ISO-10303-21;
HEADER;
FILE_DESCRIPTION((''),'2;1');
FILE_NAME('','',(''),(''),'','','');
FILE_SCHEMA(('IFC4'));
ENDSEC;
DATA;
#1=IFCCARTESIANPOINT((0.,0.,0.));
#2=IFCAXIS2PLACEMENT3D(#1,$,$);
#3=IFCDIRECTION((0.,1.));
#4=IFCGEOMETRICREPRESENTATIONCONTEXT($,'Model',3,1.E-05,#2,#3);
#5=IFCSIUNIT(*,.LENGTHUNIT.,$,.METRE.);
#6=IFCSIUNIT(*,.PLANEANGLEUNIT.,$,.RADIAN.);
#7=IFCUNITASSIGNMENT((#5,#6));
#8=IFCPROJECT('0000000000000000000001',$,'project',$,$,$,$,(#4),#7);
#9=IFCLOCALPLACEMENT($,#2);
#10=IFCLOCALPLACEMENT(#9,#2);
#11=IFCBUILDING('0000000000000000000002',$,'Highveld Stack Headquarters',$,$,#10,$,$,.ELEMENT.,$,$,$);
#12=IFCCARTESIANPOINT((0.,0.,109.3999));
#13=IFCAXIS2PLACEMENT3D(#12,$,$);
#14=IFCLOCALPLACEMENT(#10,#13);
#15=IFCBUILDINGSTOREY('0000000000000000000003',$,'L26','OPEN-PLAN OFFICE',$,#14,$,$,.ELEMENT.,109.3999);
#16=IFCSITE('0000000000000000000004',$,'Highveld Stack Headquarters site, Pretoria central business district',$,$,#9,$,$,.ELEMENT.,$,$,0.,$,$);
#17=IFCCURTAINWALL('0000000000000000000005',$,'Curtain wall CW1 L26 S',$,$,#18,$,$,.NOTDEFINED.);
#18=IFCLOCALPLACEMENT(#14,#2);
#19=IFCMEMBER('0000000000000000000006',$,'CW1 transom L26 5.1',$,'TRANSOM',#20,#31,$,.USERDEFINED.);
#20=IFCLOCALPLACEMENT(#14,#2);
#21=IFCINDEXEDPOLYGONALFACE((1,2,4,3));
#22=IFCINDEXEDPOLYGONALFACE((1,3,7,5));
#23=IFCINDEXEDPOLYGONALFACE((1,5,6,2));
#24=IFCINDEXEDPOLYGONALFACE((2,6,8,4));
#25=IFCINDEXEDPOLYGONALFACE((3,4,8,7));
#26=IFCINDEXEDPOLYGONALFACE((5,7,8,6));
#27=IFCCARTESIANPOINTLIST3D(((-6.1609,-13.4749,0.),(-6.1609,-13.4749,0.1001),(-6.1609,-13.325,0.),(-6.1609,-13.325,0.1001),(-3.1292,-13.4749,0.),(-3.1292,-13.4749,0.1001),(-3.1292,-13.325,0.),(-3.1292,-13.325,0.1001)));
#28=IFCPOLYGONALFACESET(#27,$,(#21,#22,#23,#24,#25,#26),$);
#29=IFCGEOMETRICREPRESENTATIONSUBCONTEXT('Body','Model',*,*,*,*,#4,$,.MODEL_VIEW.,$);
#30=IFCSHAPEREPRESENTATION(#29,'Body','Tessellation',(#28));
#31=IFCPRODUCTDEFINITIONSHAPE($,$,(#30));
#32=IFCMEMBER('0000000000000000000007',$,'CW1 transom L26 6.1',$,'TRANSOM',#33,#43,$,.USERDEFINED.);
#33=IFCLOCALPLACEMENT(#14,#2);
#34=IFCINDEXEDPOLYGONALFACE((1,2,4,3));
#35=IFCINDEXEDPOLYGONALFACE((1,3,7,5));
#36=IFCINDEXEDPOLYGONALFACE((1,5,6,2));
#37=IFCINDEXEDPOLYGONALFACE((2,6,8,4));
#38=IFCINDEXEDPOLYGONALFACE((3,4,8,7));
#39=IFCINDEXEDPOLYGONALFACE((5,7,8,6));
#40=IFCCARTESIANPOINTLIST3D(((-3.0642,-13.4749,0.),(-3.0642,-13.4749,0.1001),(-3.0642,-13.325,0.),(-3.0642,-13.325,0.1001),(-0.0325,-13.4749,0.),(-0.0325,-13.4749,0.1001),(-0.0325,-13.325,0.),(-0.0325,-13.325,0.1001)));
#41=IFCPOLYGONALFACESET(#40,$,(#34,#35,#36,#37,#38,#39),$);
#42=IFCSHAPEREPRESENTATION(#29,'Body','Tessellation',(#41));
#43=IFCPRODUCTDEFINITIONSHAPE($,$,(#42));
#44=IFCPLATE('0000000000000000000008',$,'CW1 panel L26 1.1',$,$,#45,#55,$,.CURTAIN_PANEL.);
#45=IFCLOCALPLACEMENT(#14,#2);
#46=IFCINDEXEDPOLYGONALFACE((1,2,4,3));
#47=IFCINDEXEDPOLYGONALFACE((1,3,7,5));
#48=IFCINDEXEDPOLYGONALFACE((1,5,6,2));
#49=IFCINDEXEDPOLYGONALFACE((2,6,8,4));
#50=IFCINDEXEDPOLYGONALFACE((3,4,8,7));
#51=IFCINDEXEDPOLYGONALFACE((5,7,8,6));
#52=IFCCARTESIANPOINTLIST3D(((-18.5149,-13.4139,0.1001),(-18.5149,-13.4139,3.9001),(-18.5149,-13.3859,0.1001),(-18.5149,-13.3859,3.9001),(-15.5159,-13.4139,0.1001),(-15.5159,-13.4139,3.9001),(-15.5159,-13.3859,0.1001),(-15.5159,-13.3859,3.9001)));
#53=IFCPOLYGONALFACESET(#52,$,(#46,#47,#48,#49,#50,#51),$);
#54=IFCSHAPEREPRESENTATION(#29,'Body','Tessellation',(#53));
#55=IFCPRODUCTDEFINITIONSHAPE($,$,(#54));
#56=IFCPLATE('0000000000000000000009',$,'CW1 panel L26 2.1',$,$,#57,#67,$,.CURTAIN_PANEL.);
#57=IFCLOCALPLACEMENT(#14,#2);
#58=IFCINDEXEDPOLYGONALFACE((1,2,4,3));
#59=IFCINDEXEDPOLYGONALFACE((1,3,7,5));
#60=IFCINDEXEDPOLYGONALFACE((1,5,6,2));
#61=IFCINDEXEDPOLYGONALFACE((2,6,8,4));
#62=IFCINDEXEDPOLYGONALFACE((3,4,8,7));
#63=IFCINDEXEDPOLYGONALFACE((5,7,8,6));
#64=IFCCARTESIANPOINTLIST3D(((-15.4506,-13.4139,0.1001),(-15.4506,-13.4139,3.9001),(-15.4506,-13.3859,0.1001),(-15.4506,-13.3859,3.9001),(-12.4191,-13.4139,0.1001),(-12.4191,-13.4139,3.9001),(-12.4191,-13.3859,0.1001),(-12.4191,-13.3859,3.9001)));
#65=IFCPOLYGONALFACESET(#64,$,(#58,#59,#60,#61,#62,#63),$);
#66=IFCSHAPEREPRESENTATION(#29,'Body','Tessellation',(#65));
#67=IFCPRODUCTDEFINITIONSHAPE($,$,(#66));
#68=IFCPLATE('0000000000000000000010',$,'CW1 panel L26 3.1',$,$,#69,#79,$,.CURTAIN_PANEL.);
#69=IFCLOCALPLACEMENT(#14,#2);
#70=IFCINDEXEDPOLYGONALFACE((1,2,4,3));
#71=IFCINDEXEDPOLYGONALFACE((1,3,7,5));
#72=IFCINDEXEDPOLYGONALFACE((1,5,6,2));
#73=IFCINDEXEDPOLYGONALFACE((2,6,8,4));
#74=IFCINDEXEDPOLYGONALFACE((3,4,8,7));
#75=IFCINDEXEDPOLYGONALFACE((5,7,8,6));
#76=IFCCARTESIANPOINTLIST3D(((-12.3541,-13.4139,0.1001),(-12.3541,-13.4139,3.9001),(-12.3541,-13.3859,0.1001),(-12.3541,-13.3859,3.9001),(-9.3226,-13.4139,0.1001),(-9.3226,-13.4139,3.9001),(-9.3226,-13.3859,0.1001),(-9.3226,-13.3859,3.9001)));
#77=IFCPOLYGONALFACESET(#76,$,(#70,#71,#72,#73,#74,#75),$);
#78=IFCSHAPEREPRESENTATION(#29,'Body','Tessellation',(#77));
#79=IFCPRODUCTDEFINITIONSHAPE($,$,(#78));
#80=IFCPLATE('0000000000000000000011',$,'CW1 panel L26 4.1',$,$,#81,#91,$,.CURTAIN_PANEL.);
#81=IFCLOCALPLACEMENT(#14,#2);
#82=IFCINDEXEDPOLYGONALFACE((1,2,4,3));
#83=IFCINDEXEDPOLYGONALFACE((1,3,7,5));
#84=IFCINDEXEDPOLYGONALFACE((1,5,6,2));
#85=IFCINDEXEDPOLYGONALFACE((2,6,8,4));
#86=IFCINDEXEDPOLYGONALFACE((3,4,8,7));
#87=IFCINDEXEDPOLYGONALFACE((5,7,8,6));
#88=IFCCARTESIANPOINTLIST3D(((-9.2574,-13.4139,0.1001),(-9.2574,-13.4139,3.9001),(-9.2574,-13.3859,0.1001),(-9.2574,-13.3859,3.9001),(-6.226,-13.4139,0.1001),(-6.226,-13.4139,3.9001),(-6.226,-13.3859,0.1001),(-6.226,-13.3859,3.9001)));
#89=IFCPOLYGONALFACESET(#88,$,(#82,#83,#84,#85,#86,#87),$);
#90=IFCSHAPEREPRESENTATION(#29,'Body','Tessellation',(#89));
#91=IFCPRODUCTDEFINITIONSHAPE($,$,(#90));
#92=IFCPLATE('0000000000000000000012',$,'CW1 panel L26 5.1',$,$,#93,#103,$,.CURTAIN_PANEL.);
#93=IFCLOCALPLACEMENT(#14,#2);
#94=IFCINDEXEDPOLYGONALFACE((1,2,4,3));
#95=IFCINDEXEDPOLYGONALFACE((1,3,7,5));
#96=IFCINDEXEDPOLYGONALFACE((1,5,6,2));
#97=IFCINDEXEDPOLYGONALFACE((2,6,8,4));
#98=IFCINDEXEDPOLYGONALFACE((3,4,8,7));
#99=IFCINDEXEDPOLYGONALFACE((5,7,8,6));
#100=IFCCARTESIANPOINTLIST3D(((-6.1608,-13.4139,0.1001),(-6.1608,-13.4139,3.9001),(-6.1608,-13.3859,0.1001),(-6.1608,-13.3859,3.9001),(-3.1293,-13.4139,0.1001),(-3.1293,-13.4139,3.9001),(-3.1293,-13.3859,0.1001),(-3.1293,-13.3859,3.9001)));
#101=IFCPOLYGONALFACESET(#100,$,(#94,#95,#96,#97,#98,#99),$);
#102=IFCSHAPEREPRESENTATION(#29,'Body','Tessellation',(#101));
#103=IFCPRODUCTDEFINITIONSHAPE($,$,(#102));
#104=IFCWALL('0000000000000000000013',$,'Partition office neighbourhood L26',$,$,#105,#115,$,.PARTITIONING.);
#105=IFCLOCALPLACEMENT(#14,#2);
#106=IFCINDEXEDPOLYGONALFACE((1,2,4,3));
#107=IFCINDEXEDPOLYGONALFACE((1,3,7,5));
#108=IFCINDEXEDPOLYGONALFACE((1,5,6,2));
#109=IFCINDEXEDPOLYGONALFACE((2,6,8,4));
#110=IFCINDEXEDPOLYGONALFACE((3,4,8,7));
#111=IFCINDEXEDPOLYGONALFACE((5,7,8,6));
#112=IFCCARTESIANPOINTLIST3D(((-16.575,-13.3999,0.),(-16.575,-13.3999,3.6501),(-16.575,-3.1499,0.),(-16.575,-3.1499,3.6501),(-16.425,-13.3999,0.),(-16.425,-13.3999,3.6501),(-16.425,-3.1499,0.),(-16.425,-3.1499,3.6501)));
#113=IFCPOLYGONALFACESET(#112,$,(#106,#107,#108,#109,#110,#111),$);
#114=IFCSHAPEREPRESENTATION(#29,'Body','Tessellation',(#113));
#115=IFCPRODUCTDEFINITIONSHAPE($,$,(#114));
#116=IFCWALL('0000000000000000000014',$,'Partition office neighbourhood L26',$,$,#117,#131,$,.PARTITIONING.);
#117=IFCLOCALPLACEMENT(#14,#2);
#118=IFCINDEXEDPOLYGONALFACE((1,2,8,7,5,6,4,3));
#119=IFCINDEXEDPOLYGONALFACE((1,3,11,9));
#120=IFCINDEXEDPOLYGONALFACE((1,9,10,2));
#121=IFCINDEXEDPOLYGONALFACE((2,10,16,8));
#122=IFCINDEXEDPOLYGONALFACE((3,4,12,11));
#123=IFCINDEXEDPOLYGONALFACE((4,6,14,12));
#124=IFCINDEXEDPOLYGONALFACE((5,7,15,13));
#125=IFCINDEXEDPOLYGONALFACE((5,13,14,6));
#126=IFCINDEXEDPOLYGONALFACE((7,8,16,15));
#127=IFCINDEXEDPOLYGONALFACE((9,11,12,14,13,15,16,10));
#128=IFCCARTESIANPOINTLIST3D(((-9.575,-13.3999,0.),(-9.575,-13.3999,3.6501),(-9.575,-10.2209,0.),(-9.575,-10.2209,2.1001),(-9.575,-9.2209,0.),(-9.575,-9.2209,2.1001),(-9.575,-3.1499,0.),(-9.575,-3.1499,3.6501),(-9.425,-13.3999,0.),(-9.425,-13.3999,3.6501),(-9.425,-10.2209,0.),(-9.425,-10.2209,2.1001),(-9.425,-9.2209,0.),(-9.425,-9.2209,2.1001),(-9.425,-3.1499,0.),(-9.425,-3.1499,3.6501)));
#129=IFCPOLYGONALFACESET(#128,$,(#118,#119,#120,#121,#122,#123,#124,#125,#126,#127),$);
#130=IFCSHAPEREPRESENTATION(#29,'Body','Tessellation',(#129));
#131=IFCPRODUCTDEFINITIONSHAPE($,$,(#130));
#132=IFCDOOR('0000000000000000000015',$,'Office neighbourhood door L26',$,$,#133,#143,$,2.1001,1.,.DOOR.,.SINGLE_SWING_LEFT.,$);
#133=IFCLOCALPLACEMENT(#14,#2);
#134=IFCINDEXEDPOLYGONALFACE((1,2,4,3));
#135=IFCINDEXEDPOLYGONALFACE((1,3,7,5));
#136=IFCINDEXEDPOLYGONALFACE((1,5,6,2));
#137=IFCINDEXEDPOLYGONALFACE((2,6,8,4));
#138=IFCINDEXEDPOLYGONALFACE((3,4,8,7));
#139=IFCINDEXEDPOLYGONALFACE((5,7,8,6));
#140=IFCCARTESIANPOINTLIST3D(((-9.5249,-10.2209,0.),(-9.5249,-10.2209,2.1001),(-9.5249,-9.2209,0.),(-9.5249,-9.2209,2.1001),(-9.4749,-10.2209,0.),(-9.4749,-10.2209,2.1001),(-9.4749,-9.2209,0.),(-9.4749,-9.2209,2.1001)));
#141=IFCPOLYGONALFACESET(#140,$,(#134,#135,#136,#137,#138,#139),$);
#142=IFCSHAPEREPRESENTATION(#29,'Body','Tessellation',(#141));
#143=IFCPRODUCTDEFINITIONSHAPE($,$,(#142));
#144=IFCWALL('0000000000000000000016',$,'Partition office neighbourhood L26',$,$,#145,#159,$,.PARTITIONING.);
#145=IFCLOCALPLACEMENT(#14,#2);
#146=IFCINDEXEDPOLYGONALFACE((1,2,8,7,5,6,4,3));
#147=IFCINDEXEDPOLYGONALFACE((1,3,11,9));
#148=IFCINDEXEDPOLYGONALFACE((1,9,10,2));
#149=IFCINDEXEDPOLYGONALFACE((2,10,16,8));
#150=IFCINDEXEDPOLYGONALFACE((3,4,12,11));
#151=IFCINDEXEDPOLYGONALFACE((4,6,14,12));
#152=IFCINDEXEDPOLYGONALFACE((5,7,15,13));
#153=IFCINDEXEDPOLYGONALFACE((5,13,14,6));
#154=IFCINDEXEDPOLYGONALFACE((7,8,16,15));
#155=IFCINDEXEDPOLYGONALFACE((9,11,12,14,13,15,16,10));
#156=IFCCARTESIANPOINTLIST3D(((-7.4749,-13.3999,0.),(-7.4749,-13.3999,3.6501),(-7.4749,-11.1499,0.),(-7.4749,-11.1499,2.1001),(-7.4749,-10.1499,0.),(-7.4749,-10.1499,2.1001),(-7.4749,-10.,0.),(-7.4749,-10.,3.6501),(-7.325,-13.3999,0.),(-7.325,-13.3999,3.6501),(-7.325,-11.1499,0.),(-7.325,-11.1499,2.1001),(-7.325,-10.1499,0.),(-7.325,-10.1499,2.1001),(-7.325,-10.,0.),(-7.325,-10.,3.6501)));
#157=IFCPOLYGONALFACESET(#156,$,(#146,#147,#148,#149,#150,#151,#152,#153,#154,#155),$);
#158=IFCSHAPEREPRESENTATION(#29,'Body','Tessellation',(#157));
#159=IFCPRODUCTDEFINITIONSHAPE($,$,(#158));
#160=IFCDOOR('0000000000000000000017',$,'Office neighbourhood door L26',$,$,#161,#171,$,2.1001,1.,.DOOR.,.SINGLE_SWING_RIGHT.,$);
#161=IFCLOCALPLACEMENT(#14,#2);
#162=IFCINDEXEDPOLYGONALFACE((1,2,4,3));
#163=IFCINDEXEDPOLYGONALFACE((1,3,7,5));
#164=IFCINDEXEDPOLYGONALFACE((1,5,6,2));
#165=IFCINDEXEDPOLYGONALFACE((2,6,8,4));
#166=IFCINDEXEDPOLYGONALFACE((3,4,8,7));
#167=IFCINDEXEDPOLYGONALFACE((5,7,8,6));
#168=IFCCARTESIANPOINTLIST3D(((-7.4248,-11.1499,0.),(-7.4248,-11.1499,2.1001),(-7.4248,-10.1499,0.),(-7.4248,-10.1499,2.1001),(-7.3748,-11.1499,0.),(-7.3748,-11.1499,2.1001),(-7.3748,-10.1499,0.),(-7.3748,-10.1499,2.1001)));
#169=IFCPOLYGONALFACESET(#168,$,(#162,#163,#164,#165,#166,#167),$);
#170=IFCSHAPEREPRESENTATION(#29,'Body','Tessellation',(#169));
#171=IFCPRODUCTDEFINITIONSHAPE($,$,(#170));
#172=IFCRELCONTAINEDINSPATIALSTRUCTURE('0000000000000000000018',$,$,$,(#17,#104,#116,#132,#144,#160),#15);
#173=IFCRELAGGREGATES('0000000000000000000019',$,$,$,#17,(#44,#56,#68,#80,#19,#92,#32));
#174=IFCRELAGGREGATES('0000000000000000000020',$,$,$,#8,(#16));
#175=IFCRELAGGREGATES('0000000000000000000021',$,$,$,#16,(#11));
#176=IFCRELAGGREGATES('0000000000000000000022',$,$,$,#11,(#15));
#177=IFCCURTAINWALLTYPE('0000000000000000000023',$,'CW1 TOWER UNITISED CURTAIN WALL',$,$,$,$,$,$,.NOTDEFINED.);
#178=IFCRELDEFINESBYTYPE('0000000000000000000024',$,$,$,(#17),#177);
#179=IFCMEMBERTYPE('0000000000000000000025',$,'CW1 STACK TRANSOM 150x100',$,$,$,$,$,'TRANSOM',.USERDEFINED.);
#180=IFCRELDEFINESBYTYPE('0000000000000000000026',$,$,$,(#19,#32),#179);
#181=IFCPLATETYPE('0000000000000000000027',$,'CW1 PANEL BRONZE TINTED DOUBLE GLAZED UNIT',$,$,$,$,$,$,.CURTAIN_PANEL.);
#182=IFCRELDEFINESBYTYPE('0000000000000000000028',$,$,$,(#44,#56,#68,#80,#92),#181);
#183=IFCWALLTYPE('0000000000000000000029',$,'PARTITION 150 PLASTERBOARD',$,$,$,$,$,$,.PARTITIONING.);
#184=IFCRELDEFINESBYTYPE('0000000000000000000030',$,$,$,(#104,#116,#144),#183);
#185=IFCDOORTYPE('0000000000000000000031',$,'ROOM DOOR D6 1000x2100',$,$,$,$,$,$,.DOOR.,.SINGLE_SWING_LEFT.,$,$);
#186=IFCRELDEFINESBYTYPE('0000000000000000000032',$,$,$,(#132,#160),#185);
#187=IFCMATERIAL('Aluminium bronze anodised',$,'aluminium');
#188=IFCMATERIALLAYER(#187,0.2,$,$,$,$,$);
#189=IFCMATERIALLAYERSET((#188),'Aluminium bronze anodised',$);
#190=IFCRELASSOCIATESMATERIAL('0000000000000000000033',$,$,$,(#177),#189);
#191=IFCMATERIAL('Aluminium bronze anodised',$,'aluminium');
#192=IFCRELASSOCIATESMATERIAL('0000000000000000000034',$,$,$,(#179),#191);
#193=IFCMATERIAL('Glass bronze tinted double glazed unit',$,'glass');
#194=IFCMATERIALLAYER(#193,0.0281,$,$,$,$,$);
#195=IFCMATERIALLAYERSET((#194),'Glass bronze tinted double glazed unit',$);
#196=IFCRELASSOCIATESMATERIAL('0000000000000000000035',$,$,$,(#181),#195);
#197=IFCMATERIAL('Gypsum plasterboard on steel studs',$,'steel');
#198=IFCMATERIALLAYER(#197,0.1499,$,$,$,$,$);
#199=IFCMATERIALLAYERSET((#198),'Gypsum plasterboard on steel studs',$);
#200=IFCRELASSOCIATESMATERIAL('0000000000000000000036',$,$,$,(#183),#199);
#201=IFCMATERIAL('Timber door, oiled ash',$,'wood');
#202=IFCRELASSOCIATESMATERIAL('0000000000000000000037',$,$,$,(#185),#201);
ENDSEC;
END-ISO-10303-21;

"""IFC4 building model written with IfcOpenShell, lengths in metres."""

from ifc_helpers import new_model, si_unit, direction, frame, frame_2d, origin, origin_2d, place, context, subcontext, project, spatial, rectangle, extrude, material, layer, layer_set, material_profile, profile_set, type_object, element, fill, aggregate, save


model = new_model("IFC4")

# Units and contexts
model_context = context("Model", 3, precision=1e-05, world=origin(), true_north=direction((0.0, 1.0)))
body_context = subcontext(model_context, "Body", "Model", "MODEL_VIEW")
ifc_project = project(units=[si_unit("LENGTHUNIT", "METRE"), si_unit("PLANEANGLEUNIT", "RADIAN")], contexts=[model_context])

# Site, building, storey
site_placement = place(None, origin())
site = spatial("IfcSite", under=ifc_project, at=site_placement, Name="Highveld Stack Headquarters site, Pretoria central business district", CompositionType="ELEMENT", RefElevation=0.0)
building_placement = place(site_placement, origin())
building = spatial("IfcBuilding", under=site, at=building_placement, Name="Highveld Stack Headquarters", CompositionType="ELEMENT")
storey_placement = place(building_placement, frame((0.0, 0.0, 109.3999)))
storey = spatial("IfcBuildingStorey", under=building, at=storey_placement, Name="L26", Description="OPEN-PLAN OFFICE", CompositionType="ELEMENT", Elevation=109.3999)

# Curtain wall, members, plates
ifc_material_1 = material(Name="Aluminium bronze anodised", Category="aluminium")
ifc_layer_1 = layer(ifc_material_1, 0.2)
ifc_layer_set_1 = layer_set([ifc_layer_1], Name="Aluminium bronze anodised")
curtain_wall_type = type_object("IfcCurtainWallType", Name="CW1 TOWER UNITISED CURTAIN WALL", PredefinedType="NOTDEFINED", material=ifc_layer_set_1)
curtain_wall_placement = place(storey_placement, origin())
curtain_wall = element("IfcCurtainWall", 1, at=curtain_wall_placement, inside=storey, type_object=curtain_wall_type, Name="Curtain wall CW1 L26 S", PredefinedType="NOTDEFINED")
ifc_material_2 = material(Name="Aluminium bronze anodised", Category="aluminium")
ifc_material_profile_1 = material_profile(ifc_material_2, rectangle(XDim=0.1499, YDim=0.1001, at=origin_2d()), Name="CW1 TRANSOM 150x100")
ifc_profile_set_1 = profile_set([ifc_material_profile_1], Name="Aluminium bronze anodised")
member_type_1 = type_object("IfcMemberType", Name="CW1 STACK TRANSOM 150x100", ElementType="TRANSOM", PredefinedType="USERDEFINED", material=ifc_profile_set_1)
member_1_placement = place(storey_placement, frame((-6.1609, -13.3999, 0.05), z_axis=(1.0, 0.0, 0.0), x_axis=(0.0, 1.0, 0.0)))
member_1 = element("IfcMember", 2, at=member_1_placement, type_object=member_type_1, Name="CW1 transom L26 5.1", ObjectType="TRANSOM", PredefinedType="USERDEFINED", context=body_context, shape_type="SweptSolid", body=[
    extrude(rectangle(XDim=0.1499, YDim=0.1001, at=origin_2d()), origin(), (0.0, 0.0, 1.0), 3.0317),
])
member_2_placement = place(storey_placement, frame((-3.0642, -13.3999, 0.05), z_axis=(1.0, 0.0, 0.0), x_axis=(0.0, 1.0, 0.0)))
member_2 = element("IfcMember", 3, at=member_2_placement, type_object=member_type_1, Name="CW1 transom L26 6.1", ObjectType="TRANSOM", PredefinedType="USERDEFINED", context=body_context, shape_type="SweptSolid", body=[
    extrude(rectangle(XDim=0.1499, YDim=0.1001, at=origin_2d()), origin(), (0.0, 0.0, 1.0), 3.0317),
])
ifc_material_3 = material(Name="Glass bronze tinted double glazed unit", Category="glass")
ifc_layer_2 = layer(ifc_material_3, 0.0281)
ifc_layer_set_2 = layer_set([ifc_layer_2], Name="Glass bronze tinted double glazed unit")
plate_type = type_object("IfcPlateType", Name="CW1 PANEL BRONZE TINTED DOUBLE GLAZED UNIT", PredefinedType="CURTAIN_PANEL", material=ifc_layer_set_2)
plate_1_placement = place(storey_placement, frame((-17.0154, -13.3999, 0.1001), z_axis=(0.0, 0.0, 1.0), x_axis=(1.0, 0.0, 0.0)))
plate_1 = element("IfcPlate", 4, at=plate_1_placement, type_object=plate_type, Name="CW1 panel L26 1.1", PredefinedType="CURTAIN_PANEL", context=body_context, shape_type="SweptSolid", body=[
    extrude(rectangle(XDim=2.999, YDim=0.0281, at=origin_2d()), origin(), (0.0, 0.0, 1.0), 3.8),
])
plate_2_placement = place(storey_placement, frame((-13.9348, -13.3999, 0.1001), z_axis=(0.0, 0.0, 1.0), x_axis=(1.0, 0.0, 0.0)))
plate_2 = element("IfcPlate", 5, at=plate_2_placement, type_object=plate_type, Name="CW1 panel L26 2.1", PredefinedType="CURTAIN_PANEL", context=body_context, shape_type="SweptSolid", body=[
    extrude(rectangle(XDim=3.0315, YDim=0.0281, at=origin_2d()), origin(), (0.0, 0.0, 1.0), 3.8),
])
plate_3_placement = place(storey_placement, frame((-10.8384, -13.3999, 0.1001), z_axis=(0.0, 0.0, 1.0), x_axis=(1.0, 0.0, 0.0)))
plate_3 = element("IfcPlate", 6, at=plate_3_placement, type_object=plate_type, Name="CW1 panel L26 3.1", PredefinedType="CURTAIN_PANEL", context=body_context, shape_type="SweptSolid", body=[
    extrude(rectangle(XDim=3.0315, YDim=0.0281, at=origin_2d()), origin(), (0.0, 0.0, 1.0), 3.8),
])
plate_4_placement = place(storey_placement, frame((-7.7417, -13.3999, 0.1001), z_axis=(0.0, 0.0, 1.0), x_axis=(1.0, 0.0, 0.0)))
plate_4 = element("IfcPlate", 7, at=plate_4_placement, type_object=plate_type, Name="CW1 panel L26 4.1", PredefinedType="CURTAIN_PANEL", context=body_context, shape_type="SweptSolid", body=[
    extrude(rectangle(XDim=3.0315, YDim=0.0281, at=origin_2d()), origin(), (0.0, 0.0, 1.0), 3.8),
])
plate_5_placement = place(storey_placement, frame((-4.645, -13.3999, 0.1001), z_axis=(0.0, 0.0, 1.0), x_axis=(1.0, 0.0, 0.0)))
plate_5 = element("IfcPlate", 8, at=plate_5_placement, type_object=plate_type, Name="CW1 panel L26 5.1", PredefinedType="CURTAIN_PANEL", context=body_context, shape_type="SweptSolid", body=[
    extrude(rectangle(XDim=3.0315, YDim=0.0281, at=origin_2d()), origin(), (0.0, 0.0, 1.0), 3.8),
])
aggregate(curtain_wall, [plate_1, plate_2, plate_3, plate_4, member_1, plate_5, member_2])

# Wall
ifc_material_4 = material(Name="Gypsum plasterboard on steel studs", Category="steel")
ifc_layer_3 = layer(ifc_material_4, 0.1499)
ifc_layer_set_3 = layer_set([ifc_layer_3], Name="Gypsum plasterboard on steel studs")
wall_type = type_object("IfcWallType", Name="PARTITION 150 PLASTERBOARD", PredefinedType="PARTITIONING", material=ifc_layer_set_3)
wall_1_placement = place(storey_placement, frame((-16.5, -13.3999, 0.0), z_axis=(0.0, 0.0, 1.0), x_axis=(0.0, 1.0, 0.0)))
element("IfcWall", 9, at=wall_1_placement, inside=storey, type_object=wall_type, Name="Partition office neighbourhood L26", PredefinedType="PARTITIONING", context=body_context, shape_type="SweptSolid", body=[
    extrude(rectangle(XDim=10.25, YDim=0.1499, at=frame_2d((5.125, 0.0))), origin(), (0.0, 0.0, 1.0), 3.6501),
])

# Walls, openings, doors
wall_2_placement = place(storey_placement, frame((-9.5, -13.3999, 0.0), z_axis=(0.0, 0.0, 1.0), x_axis=(0.0, 1.0, 0.0)))
wall_2 = element("IfcWall", 10, at=wall_2_placement, inside=storey, type_object=wall_type, Name="Partition office neighbourhood L26", PredefinedType="PARTITIONING", context=body_context, shape_type="SweptSolid", body=[
    extrude(rectangle(XDim=10.25, YDim=0.1499, at=frame_2d((5.125, 0.0))), origin(), (0.0, 0.0, 1.0), 3.6501),
])
opening_1_placement = place(wall_2_placement, frame((3.179, 0.0, 0.0)))
opening_1 = element("IfcOpeningElement", 11, at=opening_1_placement, cuts=wall_2, PredefinedType="OPENING", context=body_context, shape_type="SweptSolid", body=[
    extrude(rectangle(XDim=1.0, YDim=2.1001, at=frame_2d((0.5, 1.05))), frame((0.0, 0.085, 0.0), z_axis=(0.0, -1.0, 0.0), x_axis=(1.0, 0.0, 0.0)), (0.0, 0.0, 1.0), 0.1699),
])
ifc_material_5 = material(Name="Timber door, oiled ash", Category="wood")
door_type = type_object("IfcDoorType", Name="ROOM DOOR D6 1000x2100", OperationType="SINGLE_SWING_LEFT", PredefinedType="DOOR", material=ifc_material_5)
door_1_placement = place(opening_1_placement, origin())
door_1 = element("IfcDoor", 12, at=door_1_placement, inside=storey, type_object=door_type, Name="Office neighbourhood door L26", OperationType="SINGLE_SWING_LEFT", OverallHeight=2.1001, OverallWidth=1.0, PredefinedType="DOOR", context=body_context, shape_type="SweptSolid", body=[
    extrude(rectangle(XDim=1.0, YDim=2.1001, at=frame_2d((0.5, 1.05))), frame((0.0, 0.0249, 0.0), z_axis=(0.0, -1.0, 0.0), x_axis=(1.0, 0.0, 0.0)), (0.0, 0.0, 1.0), 0.05),
])
fill(opening_1, door_1)
wall_3_placement = place(storey_placement, frame((-7.3999, -13.3999, 0.0), z_axis=(0.0, 0.0, 1.0), x_axis=(0.0, 1.0, 0.0)))
wall_3 = element("IfcWall", 13, at=wall_3_placement, inside=storey, type_object=wall_type, Name="Partition office neighbourhood L26", PredefinedType="PARTITIONING", context=body_context, shape_type="SweptSolid", body=[
    extrude(rectangle(XDim=3.3999, YDim=0.1499, at=frame_2d((1.7, 0.0))), origin(), (0.0, 0.0, 1.0), 3.6501),
])
opening_2_placement = place(wall_3_placement, frame((2.25, 0.0, 0.0)))
opening_2 = element("IfcOpeningElement", 14, at=opening_2_placement, cuts=wall_3, PredefinedType="OPENING", context=body_context, shape_type="SweptSolid", body=[
    extrude(rectangle(XDim=1.0, YDim=2.1001, at=frame_2d((0.5, 1.05))), frame((0.0, 0.085, 0.0), z_axis=(0.0, -1.0, 0.0), x_axis=(1.0, 0.0, 0.0)), (0.0, 0.0, 1.0), 0.1699),
])
door_2_placement = place(opening_2_placement, origin())
door_2 = element("IfcDoor", 15, at=door_2_placement, inside=storey, type_object=door_type, Name="Office neighbourhood door L26", OperationType="SINGLE_SWING_RIGHT", OverallHeight=2.1001, OverallWidth=1.0, PredefinedType="DOOR", context=body_context, shape_type="SweptSolid", body=[
    extrude(rectangle(XDim=1.0, YDim=2.1001, at=frame_2d((0.5, 1.05))), frame((0.0, 0.0249, 0.0), z_axis=(0.0, -1.0, 0.0), x_axis=(1.0, 0.0, 0.0)), (0.0, 0.0, 1.0), 0.05),
])
fill(opening_2, door_2)

save(model, "model.ifc")
